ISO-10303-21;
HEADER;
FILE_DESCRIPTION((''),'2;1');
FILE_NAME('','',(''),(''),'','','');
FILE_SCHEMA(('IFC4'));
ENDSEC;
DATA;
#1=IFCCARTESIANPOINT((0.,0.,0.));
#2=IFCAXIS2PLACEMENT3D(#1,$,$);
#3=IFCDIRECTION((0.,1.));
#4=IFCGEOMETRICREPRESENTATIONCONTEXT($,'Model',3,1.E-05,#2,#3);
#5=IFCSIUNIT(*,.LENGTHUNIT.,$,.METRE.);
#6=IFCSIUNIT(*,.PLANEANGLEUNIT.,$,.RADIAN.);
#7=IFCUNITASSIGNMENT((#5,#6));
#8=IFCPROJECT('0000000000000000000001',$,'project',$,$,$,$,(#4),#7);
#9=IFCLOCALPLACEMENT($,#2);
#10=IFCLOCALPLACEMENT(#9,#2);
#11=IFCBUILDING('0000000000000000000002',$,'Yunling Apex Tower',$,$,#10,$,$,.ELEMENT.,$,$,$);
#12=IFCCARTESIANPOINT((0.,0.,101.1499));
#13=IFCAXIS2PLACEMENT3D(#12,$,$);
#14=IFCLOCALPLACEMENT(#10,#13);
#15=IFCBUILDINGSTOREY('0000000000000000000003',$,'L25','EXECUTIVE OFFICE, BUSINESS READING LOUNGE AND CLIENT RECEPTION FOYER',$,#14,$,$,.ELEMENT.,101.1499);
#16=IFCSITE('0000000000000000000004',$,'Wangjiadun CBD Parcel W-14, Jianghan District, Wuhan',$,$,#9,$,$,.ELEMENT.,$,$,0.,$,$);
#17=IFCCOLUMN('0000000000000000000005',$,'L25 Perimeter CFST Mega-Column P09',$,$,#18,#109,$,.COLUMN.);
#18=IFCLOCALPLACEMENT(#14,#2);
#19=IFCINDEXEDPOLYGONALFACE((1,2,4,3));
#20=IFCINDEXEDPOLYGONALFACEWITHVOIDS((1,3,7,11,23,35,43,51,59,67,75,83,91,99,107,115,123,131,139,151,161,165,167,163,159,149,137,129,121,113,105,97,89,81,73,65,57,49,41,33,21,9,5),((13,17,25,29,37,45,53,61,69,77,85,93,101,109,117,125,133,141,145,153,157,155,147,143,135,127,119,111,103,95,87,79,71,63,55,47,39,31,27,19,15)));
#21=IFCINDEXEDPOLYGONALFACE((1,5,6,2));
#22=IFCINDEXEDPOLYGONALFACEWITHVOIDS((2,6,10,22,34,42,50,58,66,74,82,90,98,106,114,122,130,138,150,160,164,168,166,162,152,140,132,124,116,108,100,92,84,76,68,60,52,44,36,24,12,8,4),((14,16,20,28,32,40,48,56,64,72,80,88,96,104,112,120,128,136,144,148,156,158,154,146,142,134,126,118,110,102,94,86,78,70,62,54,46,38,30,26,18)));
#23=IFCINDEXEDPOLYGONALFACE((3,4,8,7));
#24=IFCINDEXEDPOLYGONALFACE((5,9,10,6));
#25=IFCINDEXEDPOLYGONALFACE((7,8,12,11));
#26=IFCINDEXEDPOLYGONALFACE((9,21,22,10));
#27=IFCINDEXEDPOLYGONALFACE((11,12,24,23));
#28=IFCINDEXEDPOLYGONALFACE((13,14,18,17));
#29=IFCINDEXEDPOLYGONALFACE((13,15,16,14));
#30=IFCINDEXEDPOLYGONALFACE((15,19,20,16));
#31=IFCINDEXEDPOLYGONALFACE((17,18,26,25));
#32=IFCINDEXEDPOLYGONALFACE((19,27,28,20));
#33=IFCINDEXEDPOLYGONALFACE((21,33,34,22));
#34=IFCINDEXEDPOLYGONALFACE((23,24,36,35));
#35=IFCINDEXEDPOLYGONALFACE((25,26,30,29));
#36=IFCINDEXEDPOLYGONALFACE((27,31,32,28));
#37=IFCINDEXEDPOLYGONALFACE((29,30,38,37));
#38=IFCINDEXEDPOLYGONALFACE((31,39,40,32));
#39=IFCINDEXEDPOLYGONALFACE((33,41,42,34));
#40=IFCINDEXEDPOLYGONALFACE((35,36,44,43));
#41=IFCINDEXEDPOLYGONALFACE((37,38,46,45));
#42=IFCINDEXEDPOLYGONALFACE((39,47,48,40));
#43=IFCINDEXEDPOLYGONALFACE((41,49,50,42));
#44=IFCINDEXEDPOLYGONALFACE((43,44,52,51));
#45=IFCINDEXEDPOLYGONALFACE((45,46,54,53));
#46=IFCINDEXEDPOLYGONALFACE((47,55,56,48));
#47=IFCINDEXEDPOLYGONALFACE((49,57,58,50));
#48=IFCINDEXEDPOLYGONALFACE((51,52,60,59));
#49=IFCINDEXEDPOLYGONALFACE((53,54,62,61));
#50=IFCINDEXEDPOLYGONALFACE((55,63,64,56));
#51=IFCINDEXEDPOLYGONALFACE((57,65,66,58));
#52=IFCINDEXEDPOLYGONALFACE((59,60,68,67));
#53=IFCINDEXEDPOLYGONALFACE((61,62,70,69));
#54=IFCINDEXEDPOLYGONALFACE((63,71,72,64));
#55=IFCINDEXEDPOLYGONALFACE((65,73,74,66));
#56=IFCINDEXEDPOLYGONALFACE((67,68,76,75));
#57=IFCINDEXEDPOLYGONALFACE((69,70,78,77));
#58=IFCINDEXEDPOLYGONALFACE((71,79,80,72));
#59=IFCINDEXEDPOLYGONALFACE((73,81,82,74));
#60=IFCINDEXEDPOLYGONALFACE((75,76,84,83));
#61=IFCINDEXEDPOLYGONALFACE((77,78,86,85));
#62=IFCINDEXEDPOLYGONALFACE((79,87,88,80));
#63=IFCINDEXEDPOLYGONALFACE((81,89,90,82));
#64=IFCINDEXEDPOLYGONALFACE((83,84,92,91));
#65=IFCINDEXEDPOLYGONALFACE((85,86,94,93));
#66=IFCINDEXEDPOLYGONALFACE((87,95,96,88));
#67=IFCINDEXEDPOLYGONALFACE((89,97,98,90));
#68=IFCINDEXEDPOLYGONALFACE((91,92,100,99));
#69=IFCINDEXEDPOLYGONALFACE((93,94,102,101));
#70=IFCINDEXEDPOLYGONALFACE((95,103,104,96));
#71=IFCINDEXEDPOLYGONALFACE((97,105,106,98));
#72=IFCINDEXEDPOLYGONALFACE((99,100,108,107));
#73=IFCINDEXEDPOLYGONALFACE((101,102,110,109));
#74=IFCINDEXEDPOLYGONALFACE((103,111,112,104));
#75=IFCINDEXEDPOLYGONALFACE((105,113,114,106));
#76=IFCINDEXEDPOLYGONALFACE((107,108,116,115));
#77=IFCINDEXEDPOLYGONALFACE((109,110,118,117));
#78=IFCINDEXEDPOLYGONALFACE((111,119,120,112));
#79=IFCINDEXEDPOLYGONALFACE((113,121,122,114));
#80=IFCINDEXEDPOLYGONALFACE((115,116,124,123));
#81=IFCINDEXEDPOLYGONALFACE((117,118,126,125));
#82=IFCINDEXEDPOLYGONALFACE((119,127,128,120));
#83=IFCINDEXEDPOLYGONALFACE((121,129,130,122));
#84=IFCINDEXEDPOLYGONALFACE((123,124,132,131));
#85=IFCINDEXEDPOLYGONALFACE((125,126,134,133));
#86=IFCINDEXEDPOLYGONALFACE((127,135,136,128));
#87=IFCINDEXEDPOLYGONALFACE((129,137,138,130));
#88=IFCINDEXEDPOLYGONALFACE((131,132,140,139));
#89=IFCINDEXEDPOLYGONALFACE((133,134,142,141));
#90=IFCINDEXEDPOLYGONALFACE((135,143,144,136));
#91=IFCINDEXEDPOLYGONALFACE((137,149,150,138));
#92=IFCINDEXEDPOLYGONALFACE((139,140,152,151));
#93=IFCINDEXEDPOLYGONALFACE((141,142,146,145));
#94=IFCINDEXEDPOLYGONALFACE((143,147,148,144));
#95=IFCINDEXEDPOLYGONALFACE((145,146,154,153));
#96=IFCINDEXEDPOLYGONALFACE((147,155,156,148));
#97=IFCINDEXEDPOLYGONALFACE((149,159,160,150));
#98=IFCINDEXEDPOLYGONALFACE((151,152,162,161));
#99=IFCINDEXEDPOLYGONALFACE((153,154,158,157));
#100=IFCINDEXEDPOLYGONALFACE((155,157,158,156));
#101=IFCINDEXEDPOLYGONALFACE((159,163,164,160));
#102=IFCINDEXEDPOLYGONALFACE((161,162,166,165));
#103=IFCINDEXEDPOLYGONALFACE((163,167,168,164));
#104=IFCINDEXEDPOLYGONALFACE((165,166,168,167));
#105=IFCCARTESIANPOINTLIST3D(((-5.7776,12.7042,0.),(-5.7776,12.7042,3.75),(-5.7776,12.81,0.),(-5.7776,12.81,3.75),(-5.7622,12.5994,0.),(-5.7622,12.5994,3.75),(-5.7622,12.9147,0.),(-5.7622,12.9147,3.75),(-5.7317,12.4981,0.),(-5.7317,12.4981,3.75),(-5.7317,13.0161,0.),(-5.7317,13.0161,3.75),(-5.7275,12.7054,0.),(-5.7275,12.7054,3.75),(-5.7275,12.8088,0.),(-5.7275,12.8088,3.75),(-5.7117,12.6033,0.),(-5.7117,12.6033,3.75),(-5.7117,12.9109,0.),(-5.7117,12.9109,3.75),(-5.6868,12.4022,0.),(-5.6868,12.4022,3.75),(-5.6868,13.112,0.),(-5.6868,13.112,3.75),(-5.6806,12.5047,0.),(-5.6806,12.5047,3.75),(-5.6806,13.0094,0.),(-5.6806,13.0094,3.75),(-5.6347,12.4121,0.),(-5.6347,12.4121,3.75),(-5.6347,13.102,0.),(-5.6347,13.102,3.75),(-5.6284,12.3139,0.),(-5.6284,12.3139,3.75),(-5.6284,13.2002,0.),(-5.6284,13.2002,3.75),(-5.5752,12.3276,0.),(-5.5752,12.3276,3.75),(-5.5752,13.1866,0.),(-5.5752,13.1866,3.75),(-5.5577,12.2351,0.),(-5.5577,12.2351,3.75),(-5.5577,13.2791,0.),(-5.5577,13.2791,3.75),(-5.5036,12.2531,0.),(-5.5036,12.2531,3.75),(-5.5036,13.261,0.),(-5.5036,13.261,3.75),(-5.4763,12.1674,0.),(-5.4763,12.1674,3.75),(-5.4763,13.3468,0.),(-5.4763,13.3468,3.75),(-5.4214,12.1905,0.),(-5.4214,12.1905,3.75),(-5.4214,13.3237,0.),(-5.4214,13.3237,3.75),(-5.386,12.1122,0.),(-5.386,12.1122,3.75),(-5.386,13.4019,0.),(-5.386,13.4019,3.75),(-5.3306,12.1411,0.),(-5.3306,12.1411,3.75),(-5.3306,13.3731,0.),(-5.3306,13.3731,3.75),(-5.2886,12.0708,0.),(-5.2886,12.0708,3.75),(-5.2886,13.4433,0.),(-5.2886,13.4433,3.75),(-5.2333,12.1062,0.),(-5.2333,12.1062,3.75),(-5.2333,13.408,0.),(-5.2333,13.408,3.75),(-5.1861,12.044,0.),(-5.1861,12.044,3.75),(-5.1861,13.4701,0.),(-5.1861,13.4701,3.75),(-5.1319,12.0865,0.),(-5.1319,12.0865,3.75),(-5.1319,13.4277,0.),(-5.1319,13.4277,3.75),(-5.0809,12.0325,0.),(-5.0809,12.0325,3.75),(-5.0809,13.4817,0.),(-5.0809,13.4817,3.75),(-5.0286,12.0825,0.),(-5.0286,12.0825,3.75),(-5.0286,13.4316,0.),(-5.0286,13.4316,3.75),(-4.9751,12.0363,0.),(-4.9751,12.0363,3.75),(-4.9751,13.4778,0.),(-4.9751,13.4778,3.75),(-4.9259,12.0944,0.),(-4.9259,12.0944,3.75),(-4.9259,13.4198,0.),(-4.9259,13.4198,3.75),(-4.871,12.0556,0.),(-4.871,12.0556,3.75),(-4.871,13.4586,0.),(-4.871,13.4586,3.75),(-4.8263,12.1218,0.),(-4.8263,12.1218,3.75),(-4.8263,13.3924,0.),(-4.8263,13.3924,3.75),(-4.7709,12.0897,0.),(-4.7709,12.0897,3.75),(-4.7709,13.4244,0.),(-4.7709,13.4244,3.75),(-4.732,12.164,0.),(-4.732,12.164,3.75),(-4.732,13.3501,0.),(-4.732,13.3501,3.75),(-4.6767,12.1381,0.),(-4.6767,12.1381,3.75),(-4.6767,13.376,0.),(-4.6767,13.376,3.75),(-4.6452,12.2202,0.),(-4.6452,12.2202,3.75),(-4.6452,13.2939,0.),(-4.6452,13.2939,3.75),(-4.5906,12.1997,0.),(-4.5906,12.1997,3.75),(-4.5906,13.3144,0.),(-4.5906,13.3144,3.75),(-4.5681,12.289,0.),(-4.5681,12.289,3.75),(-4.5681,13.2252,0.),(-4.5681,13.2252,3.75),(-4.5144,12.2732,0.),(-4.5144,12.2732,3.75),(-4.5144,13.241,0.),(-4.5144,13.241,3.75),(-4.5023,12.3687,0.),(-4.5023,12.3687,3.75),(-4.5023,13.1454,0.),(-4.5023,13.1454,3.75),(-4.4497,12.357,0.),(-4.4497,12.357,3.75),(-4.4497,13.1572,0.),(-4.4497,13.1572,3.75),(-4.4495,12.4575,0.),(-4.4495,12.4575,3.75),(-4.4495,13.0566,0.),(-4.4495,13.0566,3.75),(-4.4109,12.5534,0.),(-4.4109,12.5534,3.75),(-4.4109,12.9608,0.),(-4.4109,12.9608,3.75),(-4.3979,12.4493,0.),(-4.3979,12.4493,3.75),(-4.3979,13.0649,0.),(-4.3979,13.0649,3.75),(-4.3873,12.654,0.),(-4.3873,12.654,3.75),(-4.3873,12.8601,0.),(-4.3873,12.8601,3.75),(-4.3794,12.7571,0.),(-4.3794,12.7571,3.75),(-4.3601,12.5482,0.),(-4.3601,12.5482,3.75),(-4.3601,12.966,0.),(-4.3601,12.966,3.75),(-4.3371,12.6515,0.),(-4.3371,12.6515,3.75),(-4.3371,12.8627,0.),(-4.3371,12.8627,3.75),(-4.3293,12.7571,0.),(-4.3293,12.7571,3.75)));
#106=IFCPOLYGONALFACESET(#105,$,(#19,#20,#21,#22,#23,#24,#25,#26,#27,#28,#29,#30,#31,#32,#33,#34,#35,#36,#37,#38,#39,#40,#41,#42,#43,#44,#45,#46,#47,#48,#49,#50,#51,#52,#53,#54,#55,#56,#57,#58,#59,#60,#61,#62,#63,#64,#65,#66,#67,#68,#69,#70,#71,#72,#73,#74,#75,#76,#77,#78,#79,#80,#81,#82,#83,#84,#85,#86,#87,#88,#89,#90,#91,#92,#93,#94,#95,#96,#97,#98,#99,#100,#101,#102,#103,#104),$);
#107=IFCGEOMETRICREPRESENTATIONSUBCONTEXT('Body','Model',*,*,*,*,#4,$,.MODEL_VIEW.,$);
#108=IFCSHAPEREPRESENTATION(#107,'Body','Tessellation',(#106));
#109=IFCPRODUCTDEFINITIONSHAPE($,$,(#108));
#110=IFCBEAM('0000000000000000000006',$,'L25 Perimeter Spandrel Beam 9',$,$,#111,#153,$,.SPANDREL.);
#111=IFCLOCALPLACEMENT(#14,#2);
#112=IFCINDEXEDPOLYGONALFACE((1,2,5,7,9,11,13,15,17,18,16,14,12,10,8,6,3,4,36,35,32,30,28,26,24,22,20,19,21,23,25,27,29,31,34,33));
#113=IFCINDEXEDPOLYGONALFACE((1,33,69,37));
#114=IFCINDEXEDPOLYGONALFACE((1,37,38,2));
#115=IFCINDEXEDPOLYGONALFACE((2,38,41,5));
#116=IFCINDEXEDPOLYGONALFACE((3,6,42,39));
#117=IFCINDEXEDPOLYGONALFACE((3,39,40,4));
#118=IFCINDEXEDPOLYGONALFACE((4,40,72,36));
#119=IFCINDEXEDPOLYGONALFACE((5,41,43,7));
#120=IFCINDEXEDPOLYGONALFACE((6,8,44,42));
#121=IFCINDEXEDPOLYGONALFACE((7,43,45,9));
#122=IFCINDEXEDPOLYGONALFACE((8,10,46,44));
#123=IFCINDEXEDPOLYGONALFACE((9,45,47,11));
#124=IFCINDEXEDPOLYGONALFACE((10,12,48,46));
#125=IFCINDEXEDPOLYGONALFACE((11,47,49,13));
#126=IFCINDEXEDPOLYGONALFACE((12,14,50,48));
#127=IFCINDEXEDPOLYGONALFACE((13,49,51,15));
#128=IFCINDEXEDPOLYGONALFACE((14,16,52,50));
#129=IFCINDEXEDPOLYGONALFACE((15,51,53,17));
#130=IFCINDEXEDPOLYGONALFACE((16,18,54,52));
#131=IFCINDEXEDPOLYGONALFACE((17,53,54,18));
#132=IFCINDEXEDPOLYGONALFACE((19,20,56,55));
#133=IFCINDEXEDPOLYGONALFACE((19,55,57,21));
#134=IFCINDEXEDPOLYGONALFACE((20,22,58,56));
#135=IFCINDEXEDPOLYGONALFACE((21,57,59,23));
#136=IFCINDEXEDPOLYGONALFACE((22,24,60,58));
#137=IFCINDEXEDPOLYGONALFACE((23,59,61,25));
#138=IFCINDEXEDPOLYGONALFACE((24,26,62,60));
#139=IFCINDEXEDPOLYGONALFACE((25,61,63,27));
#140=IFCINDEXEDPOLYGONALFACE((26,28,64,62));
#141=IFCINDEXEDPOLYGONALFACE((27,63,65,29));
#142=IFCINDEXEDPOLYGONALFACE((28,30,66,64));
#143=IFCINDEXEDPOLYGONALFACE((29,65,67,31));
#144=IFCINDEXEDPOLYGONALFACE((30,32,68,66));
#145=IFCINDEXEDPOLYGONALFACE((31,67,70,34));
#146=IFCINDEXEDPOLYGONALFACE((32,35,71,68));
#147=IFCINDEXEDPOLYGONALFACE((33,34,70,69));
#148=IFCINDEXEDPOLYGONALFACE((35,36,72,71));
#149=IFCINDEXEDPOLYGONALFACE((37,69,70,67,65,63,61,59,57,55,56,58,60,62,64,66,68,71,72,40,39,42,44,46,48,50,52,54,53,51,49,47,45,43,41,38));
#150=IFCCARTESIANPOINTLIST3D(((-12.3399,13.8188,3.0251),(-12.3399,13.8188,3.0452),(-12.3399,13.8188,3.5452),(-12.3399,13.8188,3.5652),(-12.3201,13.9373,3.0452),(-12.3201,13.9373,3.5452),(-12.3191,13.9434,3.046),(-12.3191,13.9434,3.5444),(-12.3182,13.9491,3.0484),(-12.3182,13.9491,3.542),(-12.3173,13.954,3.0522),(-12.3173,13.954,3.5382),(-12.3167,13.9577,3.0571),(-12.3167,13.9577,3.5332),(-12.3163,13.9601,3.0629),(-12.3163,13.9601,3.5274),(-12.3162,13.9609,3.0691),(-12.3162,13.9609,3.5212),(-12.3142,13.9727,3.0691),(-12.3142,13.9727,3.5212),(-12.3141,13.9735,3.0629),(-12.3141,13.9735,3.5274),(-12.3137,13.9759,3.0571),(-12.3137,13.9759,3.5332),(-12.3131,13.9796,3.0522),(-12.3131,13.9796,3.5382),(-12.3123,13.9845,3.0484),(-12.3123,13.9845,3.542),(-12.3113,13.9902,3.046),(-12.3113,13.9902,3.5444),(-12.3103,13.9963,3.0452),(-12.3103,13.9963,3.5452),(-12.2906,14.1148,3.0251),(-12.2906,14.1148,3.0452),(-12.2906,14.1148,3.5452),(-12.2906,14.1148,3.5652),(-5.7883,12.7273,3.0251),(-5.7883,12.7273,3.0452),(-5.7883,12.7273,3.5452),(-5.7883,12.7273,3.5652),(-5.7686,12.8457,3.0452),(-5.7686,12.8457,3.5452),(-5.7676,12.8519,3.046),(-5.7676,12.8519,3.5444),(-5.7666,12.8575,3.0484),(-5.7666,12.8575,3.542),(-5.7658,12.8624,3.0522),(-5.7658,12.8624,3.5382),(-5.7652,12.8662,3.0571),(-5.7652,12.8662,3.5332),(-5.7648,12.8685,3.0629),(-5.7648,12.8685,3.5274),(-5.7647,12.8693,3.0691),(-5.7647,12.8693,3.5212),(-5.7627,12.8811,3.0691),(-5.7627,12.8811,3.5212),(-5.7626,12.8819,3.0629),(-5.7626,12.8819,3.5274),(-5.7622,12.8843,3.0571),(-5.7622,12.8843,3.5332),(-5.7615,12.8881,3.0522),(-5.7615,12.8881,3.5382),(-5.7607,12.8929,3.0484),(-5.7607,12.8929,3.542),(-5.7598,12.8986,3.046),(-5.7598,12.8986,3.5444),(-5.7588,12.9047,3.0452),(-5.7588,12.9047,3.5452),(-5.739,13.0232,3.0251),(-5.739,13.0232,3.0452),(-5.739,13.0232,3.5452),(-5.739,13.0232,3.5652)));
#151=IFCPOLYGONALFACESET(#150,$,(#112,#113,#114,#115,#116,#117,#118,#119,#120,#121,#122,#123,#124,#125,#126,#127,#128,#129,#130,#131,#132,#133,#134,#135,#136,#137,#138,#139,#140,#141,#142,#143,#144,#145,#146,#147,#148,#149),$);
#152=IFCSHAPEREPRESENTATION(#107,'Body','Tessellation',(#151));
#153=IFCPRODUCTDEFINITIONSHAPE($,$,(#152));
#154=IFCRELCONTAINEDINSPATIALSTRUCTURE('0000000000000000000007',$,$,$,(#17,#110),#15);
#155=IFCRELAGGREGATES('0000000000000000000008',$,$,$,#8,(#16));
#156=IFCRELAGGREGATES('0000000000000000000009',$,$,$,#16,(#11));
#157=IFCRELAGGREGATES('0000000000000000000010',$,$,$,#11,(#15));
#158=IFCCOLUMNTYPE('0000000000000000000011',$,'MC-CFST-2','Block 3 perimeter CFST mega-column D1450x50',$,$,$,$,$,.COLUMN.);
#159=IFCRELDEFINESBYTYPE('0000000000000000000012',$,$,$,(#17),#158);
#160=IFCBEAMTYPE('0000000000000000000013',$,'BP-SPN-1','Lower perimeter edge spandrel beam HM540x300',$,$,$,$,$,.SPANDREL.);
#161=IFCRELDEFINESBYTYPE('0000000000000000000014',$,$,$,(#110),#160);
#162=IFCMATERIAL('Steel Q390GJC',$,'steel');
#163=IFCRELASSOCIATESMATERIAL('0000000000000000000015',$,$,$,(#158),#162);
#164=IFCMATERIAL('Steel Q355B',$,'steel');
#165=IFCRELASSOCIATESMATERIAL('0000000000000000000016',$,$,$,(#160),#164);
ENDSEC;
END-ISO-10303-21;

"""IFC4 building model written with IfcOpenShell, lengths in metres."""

from ifc_helpers import new_model, si_unit, direction, frame, origin, origin_2d, place, context, subcontext, project, spatial, hollow_circle, i_section, extrude, source, transform, mapped, material, material_profile, profile_set, type_object, element, save


model = new_model("IFC4")

# Units and contexts
model_context = context("Model", 3, precision=1e-05, world=origin(), true_north=direction((0.0, 1.0)))
body_context = subcontext(model_context, "Body", "Model", "MODEL_VIEW")
ifc_project = project(units=[si_unit("LENGTHUNIT", "METRE"), si_unit("PLANEANGLEUNIT", "RADIAN")], contexts=[model_context])

# Site, building, storey
site_placement = place(None, origin())
site = spatial("IfcSite", under=ifc_project, at=site_placement, Name="Wangjiadun CBD Parcel W-14, Jianghan District, Wuhan", CompositionType="ELEMENT", RefElevation=0.0)
building_placement = place(site_placement, origin())
building = spatial("IfcBuilding", under=site, at=building_placement, Name="Yunling Apex Tower", CompositionType="ELEMENT")
storey_placement = place(building_placement, frame((0.0, 0.0, 101.1499)))
storey = spatial("IfcBuildingStorey", under=building, at=storey_placement, Name="L25", Description="EXECUTIVE OFFICE, BUSINESS READING LOUNGE AND CLIENT RECEPTION FOYER", CompositionType="ELEMENT", Elevation=101.1499)

# Column
ifc_material_1 = material(Name="Steel Q390GJC", Category="steel")
ifc_material_profile_1 = material_profile(ifc_material_1, hollow_circle(Radius=0.7251, WallThickness=0.05, at=origin_2d()))
ifc_profile_set_1 = profile_set([ifc_material_profile_1], Name="Steel Q390GJC")
column_type = type_object("IfcColumnType", Name="MC-CFST-2", Description="Block 3 perimeter CFST mega-column D1450x50", PredefinedType="COLUMN", material=ifc_profile_set_1)
shared_shape_1 = source(origin(), body_context, "Body", "SweptSolid", [
    extrude(hollow_circle(Radius=0.7251, WallThickness=0.05, at=origin_2d()), origin(), (0.0, 0.0, 1.0), 3.75),
])
column_placement = place(storey_placement, frame((-5.0544, 12.7571, 0.0), z_axis=(0.0, 0.0, 1.0), x_axis=(1.0, 0.0, 0.0)))
element("IfcColumn", 1, at=column_placement, inside=storey, type_object=column_type, Name="L25 Perimeter CFST Mega-Column P09", PredefinedType="COLUMN", context=body_context, shape_type="MappedRepresentation", body=[
    mapped(shared_shape_1, transform((0.0, 0.0, 0.0), scale=1.0)),
])

# Beam
ifc_material_2 = material(Name="Steel Q355B", Category="steel")
ifc_material_profile_2 = material_profile(ifc_material_2, i_section(OverallWidth=0.3, OverallDepth=0.54, WebThickness=0.012, FlangeThickness=0.02, FilletRadius=0.0239, at=origin_2d()))
ifc_profile_set_2 = profile_set([ifc_material_profile_2], Name="Steel Q355B")
beam_type_1 = type_object("IfcBeamType", Name="BP-SPN-1", Description="Lower perimeter edge spandrel beam HM540x300", PredefinedType="SPANDREL", material=ifc_profile_set_2)
shared_shape_2 = source(origin(), body_context, "Body", "SweptSolid", [
    extrude(i_section(OverallWidth=0.3, OverallDepth=0.54, WebThickness=0.012, FlangeThickness=0.02, FilletRadius=0.0239, at=origin_2d()), origin(), (0.0, 0.0, 1.0), 6.6418),
])
beam_1_placement = place(storey_placement, frame((-5.7637, 12.8752, 3.2952), z_axis=(-0.986403, 0.164345, 0.0), x_axis=(-0.164345, -0.986403, 0.0)))
element("IfcBeam", 2, at=beam_1_placement, inside=storey, type_object=beam_type_1, Name="L25 Perimeter Spandrel Beam 9", PredefinedType="SPANDREL", context=body_context, shape_type="MappedRepresentation", body=[
    mapped(shared_shape_2, transform((0.0, 0.0, 0.0), scale=1.0)),
])

save(model, "model.ifc")
